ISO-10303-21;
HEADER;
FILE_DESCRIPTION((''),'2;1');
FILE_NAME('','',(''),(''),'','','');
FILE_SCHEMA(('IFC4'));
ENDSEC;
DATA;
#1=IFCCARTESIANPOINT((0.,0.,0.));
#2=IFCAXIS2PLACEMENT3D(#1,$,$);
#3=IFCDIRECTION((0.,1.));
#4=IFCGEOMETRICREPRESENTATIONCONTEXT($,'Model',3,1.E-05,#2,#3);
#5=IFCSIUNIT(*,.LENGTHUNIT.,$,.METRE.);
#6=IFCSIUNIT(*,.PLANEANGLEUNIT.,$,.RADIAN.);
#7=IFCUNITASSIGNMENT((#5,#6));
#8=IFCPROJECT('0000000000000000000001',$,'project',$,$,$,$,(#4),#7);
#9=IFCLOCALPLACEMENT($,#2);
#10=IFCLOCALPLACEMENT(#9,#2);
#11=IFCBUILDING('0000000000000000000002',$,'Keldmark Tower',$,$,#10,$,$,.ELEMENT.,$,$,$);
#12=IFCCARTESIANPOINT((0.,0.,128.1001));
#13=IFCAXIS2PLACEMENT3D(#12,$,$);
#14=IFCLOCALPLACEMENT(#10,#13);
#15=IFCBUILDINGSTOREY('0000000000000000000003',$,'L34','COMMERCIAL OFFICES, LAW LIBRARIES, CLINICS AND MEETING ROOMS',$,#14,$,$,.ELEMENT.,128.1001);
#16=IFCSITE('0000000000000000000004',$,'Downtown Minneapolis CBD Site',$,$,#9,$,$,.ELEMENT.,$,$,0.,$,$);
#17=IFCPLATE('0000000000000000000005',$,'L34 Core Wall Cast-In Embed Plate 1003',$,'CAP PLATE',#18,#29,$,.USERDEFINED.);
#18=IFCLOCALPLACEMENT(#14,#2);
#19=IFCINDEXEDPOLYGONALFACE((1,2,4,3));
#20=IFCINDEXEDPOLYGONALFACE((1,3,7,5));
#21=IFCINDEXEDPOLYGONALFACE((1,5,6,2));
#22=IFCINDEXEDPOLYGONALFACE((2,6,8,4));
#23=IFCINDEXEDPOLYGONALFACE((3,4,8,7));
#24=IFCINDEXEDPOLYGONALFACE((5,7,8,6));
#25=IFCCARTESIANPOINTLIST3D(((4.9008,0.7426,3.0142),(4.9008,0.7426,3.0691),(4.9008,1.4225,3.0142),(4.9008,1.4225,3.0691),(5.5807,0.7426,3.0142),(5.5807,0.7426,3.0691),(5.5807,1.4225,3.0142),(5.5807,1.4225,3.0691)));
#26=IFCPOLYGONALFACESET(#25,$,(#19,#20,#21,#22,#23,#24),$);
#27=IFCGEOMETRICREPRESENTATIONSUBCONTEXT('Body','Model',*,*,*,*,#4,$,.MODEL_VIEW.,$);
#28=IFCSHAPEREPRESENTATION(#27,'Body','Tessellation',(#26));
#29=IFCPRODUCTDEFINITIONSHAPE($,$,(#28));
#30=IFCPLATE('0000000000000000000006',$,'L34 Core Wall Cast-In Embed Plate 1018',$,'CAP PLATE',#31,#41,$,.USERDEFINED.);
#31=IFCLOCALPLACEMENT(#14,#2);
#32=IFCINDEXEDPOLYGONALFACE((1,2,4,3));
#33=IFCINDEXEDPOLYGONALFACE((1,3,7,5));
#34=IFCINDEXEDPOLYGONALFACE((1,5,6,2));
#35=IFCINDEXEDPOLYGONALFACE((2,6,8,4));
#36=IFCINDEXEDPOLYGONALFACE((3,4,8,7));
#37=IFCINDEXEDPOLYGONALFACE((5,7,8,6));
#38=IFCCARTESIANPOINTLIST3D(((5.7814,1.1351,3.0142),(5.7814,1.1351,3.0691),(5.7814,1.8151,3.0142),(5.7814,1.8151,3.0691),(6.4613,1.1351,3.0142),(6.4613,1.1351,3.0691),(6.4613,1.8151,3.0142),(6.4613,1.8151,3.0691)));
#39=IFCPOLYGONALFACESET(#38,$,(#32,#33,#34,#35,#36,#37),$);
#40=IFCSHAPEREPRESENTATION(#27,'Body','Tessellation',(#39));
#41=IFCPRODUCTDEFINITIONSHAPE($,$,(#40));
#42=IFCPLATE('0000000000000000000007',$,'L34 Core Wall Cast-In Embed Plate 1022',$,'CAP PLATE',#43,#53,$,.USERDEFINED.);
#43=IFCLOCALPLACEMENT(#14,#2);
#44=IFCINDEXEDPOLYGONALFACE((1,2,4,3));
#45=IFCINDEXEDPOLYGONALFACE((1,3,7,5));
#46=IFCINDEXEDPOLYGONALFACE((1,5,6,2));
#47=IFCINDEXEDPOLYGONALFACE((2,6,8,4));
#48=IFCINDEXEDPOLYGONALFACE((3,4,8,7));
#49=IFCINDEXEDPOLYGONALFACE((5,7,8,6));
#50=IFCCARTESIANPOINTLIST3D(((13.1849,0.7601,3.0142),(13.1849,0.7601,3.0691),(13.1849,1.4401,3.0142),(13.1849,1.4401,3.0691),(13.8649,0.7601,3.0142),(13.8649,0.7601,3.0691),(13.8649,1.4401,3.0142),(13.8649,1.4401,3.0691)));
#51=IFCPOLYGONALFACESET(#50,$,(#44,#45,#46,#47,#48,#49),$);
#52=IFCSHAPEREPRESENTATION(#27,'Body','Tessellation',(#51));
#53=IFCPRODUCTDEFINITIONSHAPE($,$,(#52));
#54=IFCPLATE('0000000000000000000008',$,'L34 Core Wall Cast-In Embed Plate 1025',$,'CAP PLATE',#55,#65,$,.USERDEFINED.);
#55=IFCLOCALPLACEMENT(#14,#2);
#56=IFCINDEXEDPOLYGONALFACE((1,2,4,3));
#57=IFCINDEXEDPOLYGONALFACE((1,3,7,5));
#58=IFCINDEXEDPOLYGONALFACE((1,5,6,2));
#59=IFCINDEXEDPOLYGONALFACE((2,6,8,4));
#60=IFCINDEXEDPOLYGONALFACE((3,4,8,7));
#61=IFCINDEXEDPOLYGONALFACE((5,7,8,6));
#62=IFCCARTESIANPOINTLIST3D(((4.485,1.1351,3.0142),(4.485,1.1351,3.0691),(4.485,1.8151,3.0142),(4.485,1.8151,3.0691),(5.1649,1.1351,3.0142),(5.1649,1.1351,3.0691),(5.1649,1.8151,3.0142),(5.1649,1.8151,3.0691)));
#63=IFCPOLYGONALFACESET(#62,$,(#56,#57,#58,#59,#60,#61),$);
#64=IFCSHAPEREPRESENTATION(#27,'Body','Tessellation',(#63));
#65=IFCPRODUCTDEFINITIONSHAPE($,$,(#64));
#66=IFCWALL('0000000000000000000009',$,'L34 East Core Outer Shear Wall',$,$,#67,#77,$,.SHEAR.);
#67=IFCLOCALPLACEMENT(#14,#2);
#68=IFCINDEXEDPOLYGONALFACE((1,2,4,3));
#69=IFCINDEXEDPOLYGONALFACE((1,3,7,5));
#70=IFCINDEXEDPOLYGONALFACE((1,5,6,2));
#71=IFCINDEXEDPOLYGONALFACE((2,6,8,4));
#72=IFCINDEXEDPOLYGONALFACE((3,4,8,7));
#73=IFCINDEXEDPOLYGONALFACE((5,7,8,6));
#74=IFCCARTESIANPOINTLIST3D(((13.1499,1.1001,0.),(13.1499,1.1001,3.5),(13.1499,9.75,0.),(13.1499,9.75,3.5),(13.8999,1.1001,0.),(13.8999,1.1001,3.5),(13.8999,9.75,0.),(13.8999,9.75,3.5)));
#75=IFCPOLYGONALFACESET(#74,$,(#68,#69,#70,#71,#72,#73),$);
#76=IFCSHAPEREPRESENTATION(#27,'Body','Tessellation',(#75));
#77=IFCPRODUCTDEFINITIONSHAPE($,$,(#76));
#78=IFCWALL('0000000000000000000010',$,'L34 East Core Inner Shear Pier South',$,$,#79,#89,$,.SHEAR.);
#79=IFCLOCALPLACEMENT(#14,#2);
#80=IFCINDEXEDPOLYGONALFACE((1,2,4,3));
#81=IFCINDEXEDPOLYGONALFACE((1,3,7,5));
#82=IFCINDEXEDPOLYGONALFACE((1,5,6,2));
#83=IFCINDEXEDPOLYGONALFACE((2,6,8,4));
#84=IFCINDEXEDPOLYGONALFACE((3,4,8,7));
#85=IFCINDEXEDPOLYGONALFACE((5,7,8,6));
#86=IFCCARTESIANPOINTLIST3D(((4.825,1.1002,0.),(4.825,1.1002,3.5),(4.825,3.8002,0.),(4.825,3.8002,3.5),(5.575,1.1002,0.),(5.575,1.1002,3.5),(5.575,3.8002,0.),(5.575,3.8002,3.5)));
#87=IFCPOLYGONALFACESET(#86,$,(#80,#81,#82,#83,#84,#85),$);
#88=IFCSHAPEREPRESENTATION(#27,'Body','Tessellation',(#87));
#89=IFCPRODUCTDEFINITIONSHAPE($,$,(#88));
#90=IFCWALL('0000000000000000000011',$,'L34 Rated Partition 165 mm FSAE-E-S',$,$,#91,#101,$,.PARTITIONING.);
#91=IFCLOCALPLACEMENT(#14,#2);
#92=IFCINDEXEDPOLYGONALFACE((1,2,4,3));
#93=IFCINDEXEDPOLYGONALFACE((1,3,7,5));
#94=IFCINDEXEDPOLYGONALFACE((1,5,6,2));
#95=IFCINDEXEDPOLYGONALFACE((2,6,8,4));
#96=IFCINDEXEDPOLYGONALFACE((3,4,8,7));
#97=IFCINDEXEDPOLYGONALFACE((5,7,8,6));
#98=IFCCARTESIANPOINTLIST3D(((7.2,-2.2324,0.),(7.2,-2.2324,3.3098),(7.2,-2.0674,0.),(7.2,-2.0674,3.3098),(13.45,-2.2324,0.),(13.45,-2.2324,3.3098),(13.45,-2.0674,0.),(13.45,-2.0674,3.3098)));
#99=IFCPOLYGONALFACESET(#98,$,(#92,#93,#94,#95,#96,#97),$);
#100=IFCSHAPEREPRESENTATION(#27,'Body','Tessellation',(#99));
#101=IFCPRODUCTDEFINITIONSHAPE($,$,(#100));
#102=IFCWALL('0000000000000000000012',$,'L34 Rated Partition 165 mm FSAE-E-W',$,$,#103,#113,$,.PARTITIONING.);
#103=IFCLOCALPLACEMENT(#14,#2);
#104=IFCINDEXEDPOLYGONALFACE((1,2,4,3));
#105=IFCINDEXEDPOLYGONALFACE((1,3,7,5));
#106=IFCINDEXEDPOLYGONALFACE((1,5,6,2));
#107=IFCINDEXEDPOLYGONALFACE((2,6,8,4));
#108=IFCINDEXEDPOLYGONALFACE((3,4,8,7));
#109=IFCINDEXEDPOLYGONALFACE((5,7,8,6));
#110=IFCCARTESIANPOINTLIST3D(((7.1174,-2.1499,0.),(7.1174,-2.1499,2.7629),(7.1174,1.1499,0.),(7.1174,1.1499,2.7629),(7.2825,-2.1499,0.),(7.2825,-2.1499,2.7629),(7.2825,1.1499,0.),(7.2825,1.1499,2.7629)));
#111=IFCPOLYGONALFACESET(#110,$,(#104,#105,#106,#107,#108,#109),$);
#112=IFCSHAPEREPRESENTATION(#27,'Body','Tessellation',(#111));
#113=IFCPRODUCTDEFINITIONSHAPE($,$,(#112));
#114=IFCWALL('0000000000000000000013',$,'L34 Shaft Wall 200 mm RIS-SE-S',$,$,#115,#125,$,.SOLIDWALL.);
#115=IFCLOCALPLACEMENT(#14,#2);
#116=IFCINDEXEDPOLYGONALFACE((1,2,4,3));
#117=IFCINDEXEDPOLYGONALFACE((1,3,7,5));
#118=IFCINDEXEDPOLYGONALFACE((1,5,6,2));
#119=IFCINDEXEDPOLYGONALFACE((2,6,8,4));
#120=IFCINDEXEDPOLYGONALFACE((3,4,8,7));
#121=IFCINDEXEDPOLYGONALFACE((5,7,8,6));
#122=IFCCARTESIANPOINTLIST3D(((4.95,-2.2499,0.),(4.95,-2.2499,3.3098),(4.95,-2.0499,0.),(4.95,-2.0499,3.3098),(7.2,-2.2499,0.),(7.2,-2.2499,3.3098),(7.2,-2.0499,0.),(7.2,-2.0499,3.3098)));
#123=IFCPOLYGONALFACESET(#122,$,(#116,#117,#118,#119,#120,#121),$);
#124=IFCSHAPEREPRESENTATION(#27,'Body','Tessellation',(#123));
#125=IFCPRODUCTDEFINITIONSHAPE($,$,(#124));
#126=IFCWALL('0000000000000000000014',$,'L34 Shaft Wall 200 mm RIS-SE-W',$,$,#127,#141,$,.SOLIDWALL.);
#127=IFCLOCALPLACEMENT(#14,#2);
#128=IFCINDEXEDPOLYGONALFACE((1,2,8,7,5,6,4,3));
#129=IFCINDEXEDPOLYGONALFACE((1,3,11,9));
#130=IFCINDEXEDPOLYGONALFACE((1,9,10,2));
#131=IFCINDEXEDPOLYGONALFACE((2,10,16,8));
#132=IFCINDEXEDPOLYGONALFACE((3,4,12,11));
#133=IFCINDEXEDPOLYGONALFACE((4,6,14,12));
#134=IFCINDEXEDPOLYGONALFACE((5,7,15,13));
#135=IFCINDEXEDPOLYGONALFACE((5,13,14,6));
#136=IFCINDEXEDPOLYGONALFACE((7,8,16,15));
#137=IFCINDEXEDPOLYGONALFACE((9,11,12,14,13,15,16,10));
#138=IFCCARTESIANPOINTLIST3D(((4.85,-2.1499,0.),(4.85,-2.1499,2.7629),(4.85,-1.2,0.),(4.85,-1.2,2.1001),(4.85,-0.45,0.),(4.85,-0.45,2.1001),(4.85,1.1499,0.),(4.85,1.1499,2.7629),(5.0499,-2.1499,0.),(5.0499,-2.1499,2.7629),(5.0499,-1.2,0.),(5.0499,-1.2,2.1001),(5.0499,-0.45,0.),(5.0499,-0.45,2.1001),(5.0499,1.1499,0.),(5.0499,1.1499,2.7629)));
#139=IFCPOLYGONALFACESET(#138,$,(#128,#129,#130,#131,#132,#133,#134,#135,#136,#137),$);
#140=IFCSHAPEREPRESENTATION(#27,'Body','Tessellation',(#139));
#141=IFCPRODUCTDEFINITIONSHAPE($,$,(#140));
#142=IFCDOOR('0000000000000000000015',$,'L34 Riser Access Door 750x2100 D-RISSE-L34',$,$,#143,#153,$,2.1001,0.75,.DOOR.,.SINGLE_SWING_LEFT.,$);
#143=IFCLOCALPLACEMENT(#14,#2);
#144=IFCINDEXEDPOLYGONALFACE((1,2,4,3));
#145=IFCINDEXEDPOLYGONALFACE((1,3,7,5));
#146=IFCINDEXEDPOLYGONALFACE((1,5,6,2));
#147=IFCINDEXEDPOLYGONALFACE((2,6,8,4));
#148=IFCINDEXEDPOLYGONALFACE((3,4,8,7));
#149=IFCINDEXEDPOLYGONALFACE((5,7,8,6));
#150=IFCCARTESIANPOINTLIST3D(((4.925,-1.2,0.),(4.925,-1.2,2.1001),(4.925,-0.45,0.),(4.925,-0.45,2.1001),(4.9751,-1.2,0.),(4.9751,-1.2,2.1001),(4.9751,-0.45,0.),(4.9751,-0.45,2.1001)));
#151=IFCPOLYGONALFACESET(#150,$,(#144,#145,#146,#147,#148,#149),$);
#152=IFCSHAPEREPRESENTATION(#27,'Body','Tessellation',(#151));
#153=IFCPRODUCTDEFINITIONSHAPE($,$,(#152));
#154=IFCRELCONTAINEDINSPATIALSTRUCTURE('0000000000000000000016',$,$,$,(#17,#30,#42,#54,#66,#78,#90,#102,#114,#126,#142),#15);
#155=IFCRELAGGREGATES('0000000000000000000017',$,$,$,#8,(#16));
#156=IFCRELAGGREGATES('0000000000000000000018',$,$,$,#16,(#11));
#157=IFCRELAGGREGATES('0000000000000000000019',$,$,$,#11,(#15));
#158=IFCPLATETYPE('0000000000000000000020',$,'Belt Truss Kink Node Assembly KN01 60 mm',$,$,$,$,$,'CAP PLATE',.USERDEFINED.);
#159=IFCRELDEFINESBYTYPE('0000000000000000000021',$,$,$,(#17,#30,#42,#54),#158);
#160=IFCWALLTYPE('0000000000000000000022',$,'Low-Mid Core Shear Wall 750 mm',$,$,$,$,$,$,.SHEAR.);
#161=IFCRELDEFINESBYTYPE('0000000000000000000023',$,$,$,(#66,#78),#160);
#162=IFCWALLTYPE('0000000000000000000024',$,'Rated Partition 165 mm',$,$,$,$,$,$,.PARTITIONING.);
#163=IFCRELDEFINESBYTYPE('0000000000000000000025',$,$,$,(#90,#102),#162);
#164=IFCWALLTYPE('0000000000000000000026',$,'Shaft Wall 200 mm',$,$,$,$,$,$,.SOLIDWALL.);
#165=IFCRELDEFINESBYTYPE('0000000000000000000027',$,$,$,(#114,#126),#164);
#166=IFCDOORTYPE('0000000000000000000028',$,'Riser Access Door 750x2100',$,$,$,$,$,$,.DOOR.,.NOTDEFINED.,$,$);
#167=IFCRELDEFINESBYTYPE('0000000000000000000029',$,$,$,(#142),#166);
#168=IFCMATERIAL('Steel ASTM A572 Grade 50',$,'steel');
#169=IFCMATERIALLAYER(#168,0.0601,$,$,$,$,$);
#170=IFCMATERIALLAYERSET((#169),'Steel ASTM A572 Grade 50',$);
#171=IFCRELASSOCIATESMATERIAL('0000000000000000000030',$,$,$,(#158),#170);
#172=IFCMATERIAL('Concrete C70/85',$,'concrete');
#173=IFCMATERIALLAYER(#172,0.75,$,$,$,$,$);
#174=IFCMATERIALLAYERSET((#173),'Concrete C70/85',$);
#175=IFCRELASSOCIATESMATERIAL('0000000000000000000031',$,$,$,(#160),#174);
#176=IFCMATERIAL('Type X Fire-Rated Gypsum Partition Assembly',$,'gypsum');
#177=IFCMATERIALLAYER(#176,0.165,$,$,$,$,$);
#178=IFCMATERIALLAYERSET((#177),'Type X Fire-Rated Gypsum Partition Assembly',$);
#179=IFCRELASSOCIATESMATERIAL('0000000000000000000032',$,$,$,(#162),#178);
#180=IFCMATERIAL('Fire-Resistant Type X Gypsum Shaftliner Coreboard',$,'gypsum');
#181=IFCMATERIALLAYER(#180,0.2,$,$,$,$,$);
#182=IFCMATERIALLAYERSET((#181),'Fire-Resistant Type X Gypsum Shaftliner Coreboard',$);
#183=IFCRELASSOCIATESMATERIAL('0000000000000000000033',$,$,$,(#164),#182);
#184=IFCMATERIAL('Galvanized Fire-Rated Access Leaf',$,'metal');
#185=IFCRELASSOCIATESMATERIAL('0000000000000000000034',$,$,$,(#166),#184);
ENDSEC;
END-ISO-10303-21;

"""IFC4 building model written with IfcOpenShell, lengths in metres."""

from ifc_helpers import new_model, si_unit, direction, frame, frame_2d, origin, origin_2d, place, context, subcontext, project, spatial, rectangle, extrude, material, layer, layer_set, type_object, element, fill, save


model = new_model("IFC4")

# Units and contexts
model_context = context("Model", 3, precision=1e-05, world=origin(), true_north=direction((0.0, 1.0)))
body_context = subcontext(model_context, "Body", "Model", "MODEL_VIEW")
ifc_project = project(units=[si_unit("LENGTHUNIT", "METRE"), si_unit("PLANEANGLEUNIT", "RADIAN")], contexts=[model_context])

# Site, building, storey
site_placement = place(None, origin())
site = spatial("IfcSite", under=ifc_project, at=site_placement, Name="Downtown Minneapolis CBD Site", CompositionType="ELEMENT", RefElevation=0.0)
building_placement = place(site_placement, origin())
building = spatial("IfcBuilding", under=site, at=building_placement, Name="Keldmark Tower", CompositionType="ELEMENT")
storey_placement = place(building_placement, frame((0.0, 0.0, 128.1001)))
storey = spatial("IfcBuildingStorey", under=building, at=storey_placement, Name="L34", Description="COMMERCIAL OFFICES, LAW LIBRARIES, CLINICS AND MEETING ROOMS", CompositionType="ELEMENT", Elevation=128.1001)

# Plates
ifc_material_1 = material(Name="Steel ASTM A572 Grade 50", Category="steel")
ifc_layer_1 = layer(ifc_material_1, 0.0601)
ifc_layer_set_1 = layer_set([ifc_layer_1], Name="Steel ASTM A572 Grade 50")
plate_type = type_object("IfcPlateType", Name="Belt Truss Kink Node Assembly KN01 60 mm", ElementType="CAP PLATE", PredefinedType="USERDEFINED", material=ifc_layer_set_1)
for number, where, z_axis, x_axis, name in (
    (1, (5.2407, 1.0825, 3.0142), (0.0, 0.0, 1.0), (1.0, 0.0, 0.0), "L34 Core Wall Cast-In Embed Plate 1003"),
    (2, (6.1213, 1.4751, 3.0142), (0.0, 0.0, 1.0), (1.0, 0.0, 0.0), "L34 Core Wall Cast-In Embed Plate 1018"),
    (3, (13.5249, 1.1001, 3.0142), (0.0, 0.0, 1.0), (1.0, 0.0, 0.0), "L34 Core Wall Cast-In Embed Plate 1022"),
    (4, (4.825, 1.4751, 3.0142), (0.0, 0.0, 1.0), (1.0, 0.0, 0.0), "L34 Core Wall Cast-In Embed Plate 1025"),
):
    element("IfcPlate", number, at=place(storey_placement, frame(where, z_axis=z_axis, x_axis=x_axis)), inside=storey, type_object=plate_type, Name=name, ObjectType="CAP PLATE", PredefinedType="USERDEFINED", context=body_context, shape_type="SweptSolid", body=[
        extrude(rectangle(XDim=0.6799, YDim=0.6799, at=origin_2d()), origin(), (0.0, 0.0, 1.0), 0.0549),
    ])

# Walls
ifc_material_2 = material(Name="Concrete C70/85", Category="concrete")
ifc_layer_2 = layer(ifc_material_2, 0.75)
ifc_layer_set_2 = layer_set([ifc_layer_2], Name="Concrete C70/85")
wall_type_1 = type_object("IfcWallType", Name="Low-Mid Core Shear Wall 750 mm", PredefinedType="SHEAR", material=ifc_layer_set_2)
wall_1_placement = place(storey_placement, frame((13.5249, 1.1001, 0.0), z_axis=(0.0, 0.0, 1.0), x_axis=(0.0, 1.0, 0.0)))
element("IfcWall", 5, at=wall_1_placement, inside=storey, type_object=wall_type_1, Name="L34 East Core Outer Shear Wall", PredefinedType="SHEAR", context=body_context, shape_type="SweptSolid", body=[
    extrude(rectangle(XDim=8.6499, YDim=0.75, at=frame_2d((4.325, 0.0))), origin(), (0.0, 0.0, 1.0), 3.5),
])
wall_2_placement = place(storey_placement, frame((5.2, 1.1001, 0.0), z_axis=(0.0, 0.0, 1.0), x_axis=(0.0, 1.0, 0.0)))
element("IfcWall", 6, at=wall_2_placement, inside=storey, type_object=wall_type_1, Name="L34 East Core Inner Shear Pier South", PredefinedType="SHEAR", context=body_context, shape_type="SweptSolid", body=[
    extrude(rectangle(XDim=2.7, YDim=0.75, at=frame_2d((1.3501, 0.0))), origin(), (0.0, 0.0, 1.0), 3.5),
])
ifc_material_3 = material(Name="Type X Fire-Rated Gypsum Partition Assembly", Category="gypsum")
ifc_layer_3 = layer(ifc_material_3, 0.165)
ifc_layer_set_3 = layer_set([ifc_layer_3], Name="Type X Fire-Rated Gypsum Partition Assembly")
wall_type_2 = type_object("IfcWallType", Name="Rated Partition 165 mm", PredefinedType="PARTITIONING", material=ifc_layer_set_3)
wall_3_placement = place(storey_placement, frame((7.2, -2.1499, 0.0), z_axis=(0.0, 0.0, 1.0), x_axis=(1.0, 0.0, 0.0)))
element("IfcWall", 7, at=wall_3_placement, inside=storey, type_object=wall_type_2, Name="L34 Rated Partition 165 mm FSAE-E-S", PredefinedType="PARTITIONING", context=body_context, shape_type="SweptSolid", body=[
    extrude(rectangle(XDim=6.25, YDim=0.165, at=frame_2d((3.125, 0.0))), origin(), (0.0, 0.0, 1.0), 3.3098),
])
wall_4_placement = place(storey_placement, frame((7.2, -2.1499, 0.0), z_axis=(0.0, 0.0, 1.0), x_axis=(0.0, 1.0, 0.0)))
element("IfcWall", 8, at=wall_4_placement, inside=storey, type_object=wall_type_2, Name="L34 Rated Partition 165 mm FSAE-E-W", PredefinedType="PARTITIONING", context=body_context, shape_type="SweptSolid", body=[
    extrude(rectangle(XDim=3.2998, YDim=0.165, at=frame_2d((1.6499, 0.0))), origin(), (0.0, 0.0, 1.0), 2.7629),
])

# Wall
ifc_material_4 = material(Name="Fire-Resistant Type X Gypsum Shaftliner Coreboard", Category="gypsum")
ifc_layer_4 = layer(ifc_material_4, 0.2)
ifc_layer_set_4 = layer_set([ifc_layer_4], Name="Fire-Resistant Type X Gypsum Shaftliner Coreboard")
wall_type_3 = type_object("IfcWallType", Name="Shaft Wall 200 mm", PredefinedType="SOLIDWALL", material=ifc_layer_set_4)
wall_5_placement = place(storey_placement, frame((4.95, -2.1499, 0.0), z_axis=(0.0, 0.0, 1.0), x_axis=(1.0, 0.0, 0.0)))
element("IfcWall", 9, at=wall_5_placement, inside=storey, type_object=wall_type_3, Name="L34 Shaft Wall 200 mm RIS-SE-S", PredefinedType="SOLIDWALL", context=body_context, shape_type="SweptSolid", body=[
    extrude(rectangle(XDim=2.25, YDim=0.2, at=frame_2d((1.125, 0.0))), origin(), (0.0, 0.0, 1.0), 3.3098),
])

# Wall, opening, door
wall_6_placement = place(storey_placement, frame((4.95, -2.1499, 0.0), z_axis=(0.0, 0.0, 1.0), x_axis=(0.0, 1.0, 0.0)))
wall_6 = element("IfcWall", 10, at=wall_6_placement, inside=storey, type_object=wall_type_3, Name="L34 Shaft Wall 200 mm RIS-SE-W", PredefinedType="SOLIDWALL", context=body_context, shape_type="SweptSolid", body=[
    extrude(rectangle(XDim=3.2998, YDim=0.2, at=frame_2d((1.6499, 0.0))), origin(), (0.0, 0.0, 1.0), 2.7629),
])
opening_1_placement = place(wall_6_placement, frame((0.95, 0.0, 0.0)))
opening_1 = element("IfcOpeningElement", 11, at=opening_1_placement, cuts=wall_6, PredefinedType="OPENING", context=body_context, shape_type="SweptSolid", body=[
    extrude(rectangle(XDim=0.75, YDim=2.1001, at=frame_2d((0.375, 1.05))), frame((0.0, 0.1099, 0.0), z_axis=(0.0, -1.0, 0.0), x_axis=(1.0, 0.0, 0.0)), (0.0, 0.0, 1.0), 0.22),
])
ifc_material_5 = material(Name="Galvanized Fire-Rated Access Leaf", Category="metal")
door_type_1 = type_object("IfcDoorType", Name="Riser Access Door 750x2100", OperationType="NOTDEFINED", PredefinedType="DOOR", material=ifc_material_5)
door_1_placement = place(opening_1_placement, origin())
door_1 = element("IfcDoor", 12, at=door_1_placement, inside=storey, type_object=door_type_1, Name="L34 Riser Access Door 750x2100 D-RISSE-L34", OperationType="SINGLE_SWING_LEFT", OverallHeight=2.1001, OverallWidth=0.75, PredefinedType="DOOR", context=body_context, shape_type="SweptSolid", body=[
    extrude(rectangle(XDim=0.75, YDim=2.1001, at=frame_2d((0.375, 1.05))), frame((0.0, 0.0249, 0.0), z_axis=(0.0, -1.0, 0.0), x_axis=(1.0, 0.0, 0.0)), (0.0, 0.0, 1.0), 0.05),
])
fill(opening_1, door_1)

save(model, "model.ifc")
